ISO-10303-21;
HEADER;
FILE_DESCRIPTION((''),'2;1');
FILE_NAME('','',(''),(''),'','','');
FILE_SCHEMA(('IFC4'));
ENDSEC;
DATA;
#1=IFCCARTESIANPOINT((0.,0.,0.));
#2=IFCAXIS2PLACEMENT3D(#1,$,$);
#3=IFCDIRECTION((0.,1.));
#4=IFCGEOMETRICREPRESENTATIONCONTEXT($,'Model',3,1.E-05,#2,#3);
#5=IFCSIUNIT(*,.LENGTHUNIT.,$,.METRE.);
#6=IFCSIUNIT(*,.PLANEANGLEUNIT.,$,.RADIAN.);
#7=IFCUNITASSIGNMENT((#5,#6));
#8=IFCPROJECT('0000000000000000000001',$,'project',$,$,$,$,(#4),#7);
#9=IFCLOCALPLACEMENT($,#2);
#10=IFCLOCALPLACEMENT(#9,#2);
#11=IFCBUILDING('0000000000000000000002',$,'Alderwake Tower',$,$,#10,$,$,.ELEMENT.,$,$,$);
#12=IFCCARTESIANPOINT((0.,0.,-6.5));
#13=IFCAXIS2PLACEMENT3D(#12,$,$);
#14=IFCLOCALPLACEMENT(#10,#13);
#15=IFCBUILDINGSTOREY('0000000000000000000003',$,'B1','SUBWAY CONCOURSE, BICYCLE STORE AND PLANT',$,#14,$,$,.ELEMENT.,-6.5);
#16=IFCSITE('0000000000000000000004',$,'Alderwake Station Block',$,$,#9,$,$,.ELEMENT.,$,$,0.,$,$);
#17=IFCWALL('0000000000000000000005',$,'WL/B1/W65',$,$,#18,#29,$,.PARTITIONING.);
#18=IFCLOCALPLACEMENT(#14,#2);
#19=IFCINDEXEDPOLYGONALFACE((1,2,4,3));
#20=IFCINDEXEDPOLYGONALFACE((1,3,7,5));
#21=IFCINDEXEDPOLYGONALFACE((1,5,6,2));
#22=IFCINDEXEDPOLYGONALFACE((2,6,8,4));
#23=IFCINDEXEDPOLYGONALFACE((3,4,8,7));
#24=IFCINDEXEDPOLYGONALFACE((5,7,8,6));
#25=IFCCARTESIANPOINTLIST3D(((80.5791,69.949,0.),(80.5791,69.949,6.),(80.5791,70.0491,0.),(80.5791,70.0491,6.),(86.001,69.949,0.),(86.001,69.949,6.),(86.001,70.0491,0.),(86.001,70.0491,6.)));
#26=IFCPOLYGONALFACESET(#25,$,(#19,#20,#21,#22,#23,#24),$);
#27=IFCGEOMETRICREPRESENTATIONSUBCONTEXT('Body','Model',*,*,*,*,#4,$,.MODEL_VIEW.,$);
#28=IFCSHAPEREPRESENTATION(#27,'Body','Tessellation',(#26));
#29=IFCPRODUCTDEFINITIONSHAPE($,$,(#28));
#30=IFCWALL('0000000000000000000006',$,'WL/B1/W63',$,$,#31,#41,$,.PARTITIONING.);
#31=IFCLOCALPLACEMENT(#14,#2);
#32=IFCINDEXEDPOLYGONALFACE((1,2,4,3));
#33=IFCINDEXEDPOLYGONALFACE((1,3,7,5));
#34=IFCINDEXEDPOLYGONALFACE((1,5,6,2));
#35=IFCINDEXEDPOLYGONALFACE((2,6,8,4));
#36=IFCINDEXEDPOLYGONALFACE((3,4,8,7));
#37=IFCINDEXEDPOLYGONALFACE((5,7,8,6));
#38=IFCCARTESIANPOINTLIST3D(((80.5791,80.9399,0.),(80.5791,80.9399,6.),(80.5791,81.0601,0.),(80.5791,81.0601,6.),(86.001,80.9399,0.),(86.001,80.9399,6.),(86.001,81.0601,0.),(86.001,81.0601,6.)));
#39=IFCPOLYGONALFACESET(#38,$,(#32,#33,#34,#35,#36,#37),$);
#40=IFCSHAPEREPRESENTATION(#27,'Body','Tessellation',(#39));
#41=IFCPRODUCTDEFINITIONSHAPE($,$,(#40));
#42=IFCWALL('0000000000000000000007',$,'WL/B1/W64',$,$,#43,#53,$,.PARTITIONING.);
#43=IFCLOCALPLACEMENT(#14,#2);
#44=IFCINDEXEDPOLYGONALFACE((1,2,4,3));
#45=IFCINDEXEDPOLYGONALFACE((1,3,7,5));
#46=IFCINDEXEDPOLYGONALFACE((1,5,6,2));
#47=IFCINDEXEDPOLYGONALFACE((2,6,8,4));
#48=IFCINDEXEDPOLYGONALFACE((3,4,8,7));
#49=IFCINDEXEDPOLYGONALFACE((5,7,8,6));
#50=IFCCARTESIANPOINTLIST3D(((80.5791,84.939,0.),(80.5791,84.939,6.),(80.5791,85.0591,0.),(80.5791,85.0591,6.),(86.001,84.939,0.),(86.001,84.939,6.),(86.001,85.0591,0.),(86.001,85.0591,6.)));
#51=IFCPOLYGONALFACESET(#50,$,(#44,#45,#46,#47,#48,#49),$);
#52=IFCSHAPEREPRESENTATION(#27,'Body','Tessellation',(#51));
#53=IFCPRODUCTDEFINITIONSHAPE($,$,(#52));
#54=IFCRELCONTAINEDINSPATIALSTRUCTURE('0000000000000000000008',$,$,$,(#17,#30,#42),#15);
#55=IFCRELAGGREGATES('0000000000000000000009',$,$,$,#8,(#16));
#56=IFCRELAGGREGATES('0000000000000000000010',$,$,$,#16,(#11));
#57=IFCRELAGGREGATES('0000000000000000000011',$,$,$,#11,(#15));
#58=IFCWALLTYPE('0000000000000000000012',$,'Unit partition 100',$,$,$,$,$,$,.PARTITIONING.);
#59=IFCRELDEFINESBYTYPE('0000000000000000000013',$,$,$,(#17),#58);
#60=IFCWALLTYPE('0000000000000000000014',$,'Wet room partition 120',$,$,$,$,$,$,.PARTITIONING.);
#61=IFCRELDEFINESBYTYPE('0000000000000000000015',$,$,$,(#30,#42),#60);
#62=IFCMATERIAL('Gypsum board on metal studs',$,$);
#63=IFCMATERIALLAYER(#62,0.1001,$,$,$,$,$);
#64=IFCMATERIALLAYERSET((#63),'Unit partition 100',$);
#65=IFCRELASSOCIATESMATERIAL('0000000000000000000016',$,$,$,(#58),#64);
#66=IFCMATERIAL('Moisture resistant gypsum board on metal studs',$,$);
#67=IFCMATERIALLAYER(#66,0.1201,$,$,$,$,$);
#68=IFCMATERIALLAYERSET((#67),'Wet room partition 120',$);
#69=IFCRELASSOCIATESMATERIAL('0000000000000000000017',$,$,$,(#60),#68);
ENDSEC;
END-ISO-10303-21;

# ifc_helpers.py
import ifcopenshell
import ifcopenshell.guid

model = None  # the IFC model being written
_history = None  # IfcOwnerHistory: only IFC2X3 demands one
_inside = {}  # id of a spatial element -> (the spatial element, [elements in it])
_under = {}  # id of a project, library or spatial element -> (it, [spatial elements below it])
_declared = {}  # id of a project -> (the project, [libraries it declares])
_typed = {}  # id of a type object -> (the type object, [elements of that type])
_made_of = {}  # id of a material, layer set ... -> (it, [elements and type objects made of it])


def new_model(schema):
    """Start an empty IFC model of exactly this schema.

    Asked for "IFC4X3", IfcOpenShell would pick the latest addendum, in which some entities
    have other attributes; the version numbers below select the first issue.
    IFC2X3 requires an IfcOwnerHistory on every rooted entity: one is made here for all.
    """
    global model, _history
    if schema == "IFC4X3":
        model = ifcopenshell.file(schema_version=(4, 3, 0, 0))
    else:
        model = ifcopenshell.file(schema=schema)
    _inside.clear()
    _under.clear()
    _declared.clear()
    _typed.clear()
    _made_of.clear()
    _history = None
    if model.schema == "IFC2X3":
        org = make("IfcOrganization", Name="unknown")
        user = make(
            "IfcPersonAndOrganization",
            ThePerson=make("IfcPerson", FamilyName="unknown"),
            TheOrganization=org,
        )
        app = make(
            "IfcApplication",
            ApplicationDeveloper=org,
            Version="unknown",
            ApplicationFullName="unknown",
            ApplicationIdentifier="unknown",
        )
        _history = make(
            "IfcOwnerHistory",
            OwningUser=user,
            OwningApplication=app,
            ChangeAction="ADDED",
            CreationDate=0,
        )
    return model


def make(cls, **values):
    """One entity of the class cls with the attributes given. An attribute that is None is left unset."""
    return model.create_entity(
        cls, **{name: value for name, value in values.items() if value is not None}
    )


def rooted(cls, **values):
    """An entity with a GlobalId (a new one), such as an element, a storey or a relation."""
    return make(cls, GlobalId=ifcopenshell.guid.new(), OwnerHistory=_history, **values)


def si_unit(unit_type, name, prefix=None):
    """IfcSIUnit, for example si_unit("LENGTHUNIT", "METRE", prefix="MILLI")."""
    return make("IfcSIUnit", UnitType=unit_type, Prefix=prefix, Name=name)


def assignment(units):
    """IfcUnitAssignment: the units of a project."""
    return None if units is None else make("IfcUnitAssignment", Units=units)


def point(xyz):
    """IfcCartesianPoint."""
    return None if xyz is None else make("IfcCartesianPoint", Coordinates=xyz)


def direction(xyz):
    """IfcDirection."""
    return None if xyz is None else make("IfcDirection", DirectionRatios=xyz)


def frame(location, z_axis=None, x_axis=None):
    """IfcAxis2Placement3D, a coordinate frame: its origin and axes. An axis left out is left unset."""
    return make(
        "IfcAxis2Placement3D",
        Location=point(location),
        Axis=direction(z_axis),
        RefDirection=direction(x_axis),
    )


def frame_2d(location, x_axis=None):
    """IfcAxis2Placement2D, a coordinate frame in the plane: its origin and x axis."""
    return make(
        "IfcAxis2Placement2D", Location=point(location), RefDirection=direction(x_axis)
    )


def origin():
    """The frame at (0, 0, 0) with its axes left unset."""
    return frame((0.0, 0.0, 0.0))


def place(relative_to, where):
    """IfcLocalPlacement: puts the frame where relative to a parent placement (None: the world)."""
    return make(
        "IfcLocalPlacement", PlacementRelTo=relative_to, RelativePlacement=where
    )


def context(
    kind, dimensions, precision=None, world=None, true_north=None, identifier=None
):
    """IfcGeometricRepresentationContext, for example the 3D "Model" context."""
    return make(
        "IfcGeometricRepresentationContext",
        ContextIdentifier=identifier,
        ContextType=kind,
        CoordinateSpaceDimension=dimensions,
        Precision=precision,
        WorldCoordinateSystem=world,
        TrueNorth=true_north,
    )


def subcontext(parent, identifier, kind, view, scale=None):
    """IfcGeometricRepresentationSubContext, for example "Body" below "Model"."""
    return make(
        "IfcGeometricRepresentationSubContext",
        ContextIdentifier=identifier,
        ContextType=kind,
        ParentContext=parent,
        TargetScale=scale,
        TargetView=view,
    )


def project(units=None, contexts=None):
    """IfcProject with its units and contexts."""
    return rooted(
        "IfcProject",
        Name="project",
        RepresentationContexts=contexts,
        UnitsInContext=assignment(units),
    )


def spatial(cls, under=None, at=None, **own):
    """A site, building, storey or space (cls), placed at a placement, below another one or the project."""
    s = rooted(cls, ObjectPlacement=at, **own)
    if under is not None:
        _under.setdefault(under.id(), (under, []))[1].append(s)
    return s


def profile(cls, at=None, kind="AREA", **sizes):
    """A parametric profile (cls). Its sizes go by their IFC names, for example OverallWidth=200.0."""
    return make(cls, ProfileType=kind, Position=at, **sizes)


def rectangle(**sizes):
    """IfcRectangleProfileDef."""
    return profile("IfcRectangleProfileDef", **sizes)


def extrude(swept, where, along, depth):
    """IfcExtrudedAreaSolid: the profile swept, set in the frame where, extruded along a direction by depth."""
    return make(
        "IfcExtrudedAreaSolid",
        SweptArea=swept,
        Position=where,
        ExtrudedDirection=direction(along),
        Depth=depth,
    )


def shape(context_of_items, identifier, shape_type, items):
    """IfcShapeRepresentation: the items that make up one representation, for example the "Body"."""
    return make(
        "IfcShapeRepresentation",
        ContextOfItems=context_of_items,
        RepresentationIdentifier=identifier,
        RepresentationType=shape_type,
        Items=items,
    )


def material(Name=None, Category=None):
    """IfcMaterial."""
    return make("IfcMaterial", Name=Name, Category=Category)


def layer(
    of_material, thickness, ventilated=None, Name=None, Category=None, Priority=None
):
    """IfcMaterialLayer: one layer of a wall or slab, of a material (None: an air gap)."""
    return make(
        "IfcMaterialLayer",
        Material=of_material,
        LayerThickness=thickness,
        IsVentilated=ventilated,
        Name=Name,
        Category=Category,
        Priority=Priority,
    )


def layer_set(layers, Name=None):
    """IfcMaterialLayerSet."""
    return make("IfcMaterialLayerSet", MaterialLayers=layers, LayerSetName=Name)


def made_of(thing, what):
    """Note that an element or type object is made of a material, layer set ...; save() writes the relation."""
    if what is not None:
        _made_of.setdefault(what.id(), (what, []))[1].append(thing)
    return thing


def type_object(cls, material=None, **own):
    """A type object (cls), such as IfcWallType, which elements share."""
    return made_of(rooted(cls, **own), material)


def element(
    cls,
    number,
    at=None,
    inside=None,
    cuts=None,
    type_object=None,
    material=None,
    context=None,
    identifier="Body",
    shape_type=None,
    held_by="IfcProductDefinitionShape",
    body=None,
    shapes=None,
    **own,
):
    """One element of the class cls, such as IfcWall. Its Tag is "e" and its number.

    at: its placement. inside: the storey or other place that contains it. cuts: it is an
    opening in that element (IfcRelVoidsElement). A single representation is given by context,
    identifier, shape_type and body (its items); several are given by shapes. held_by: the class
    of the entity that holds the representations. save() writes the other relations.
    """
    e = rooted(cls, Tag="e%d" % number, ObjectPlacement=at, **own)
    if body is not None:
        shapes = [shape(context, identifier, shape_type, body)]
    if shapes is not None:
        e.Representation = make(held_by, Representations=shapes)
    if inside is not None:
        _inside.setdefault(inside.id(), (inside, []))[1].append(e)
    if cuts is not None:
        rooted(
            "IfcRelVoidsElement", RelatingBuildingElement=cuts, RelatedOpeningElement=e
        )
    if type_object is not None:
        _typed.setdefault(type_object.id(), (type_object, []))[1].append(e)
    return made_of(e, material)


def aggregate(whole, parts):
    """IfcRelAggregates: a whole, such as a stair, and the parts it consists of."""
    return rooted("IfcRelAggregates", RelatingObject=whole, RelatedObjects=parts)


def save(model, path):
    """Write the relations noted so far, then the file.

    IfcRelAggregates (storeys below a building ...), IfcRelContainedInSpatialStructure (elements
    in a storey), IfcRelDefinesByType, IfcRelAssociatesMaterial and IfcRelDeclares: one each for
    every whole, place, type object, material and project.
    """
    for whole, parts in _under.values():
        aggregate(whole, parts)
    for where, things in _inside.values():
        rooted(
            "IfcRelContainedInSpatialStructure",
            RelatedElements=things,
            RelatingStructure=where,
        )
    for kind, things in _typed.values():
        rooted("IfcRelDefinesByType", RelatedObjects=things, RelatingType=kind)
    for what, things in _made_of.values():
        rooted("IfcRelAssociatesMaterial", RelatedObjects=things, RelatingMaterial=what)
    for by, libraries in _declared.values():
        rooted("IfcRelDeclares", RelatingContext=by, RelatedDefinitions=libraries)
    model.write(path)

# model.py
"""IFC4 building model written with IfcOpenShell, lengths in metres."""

from ifc_helpers import new_model, si_unit, direction, frame, frame_2d, origin, place, context, subcontext, project, spatial, rectangle, extrude, material, layer, layer_set, type_object, element, save


model = new_model("IFC4")

# Units and contexts
model_context = context("Model", 3, precision=1e-05, world=origin(), true_north=direction((0.0, 1.0)))
body_context = subcontext(model_context, "Body", "Model", "MODEL_VIEW")
ifc_project = project(units=[si_unit("LENGTHUNIT", "METRE"), si_unit("PLANEANGLEUNIT", "RADIAN")], contexts=[model_context])

# Site, building, storey
site_placement = place(None, origin())
site = spatial("IfcSite", under=ifc_project, at=site_placement, Name="Alderwake Station Block", CompositionType="ELEMENT", RefElevation=0.0)
building_placement = place(site_placement, origin())
building = spatial("IfcBuilding", under=site, at=building_placement, Name="Alderwake Tower", CompositionType="ELEMENT")
storey_placement = place(building_placement, frame((0.0, 0.0, -6.5)))
storey = spatial("IfcBuildingStorey", under=building, at=storey_placement, Name="B1", Description="SUBWAY CONCOURSE, BICYCLE STORE AND PLANT", CompositionType="ELEMENT", Elevation=-6.5)

# Walls
ifc_material_1 = material(Name="Gypsum board on metal studs")
ifc_layer_1 = layer(ifc_material_1, 0.1001)
ifc_layer_set_1 = layer_set([ifc_layer_1], Name="Unit partition 100")
wall_type_1 = type_object("IfcWallType", Name="Unit partition 100", PredefinedType="PARTITIONING", material=ifc_layer_set_1)
wall_1_placement = place(storey_placement, frame((86.001, 69.999, 0.0), z_axis=(0.0, 0.0, 1.0), x_axis=(-1.0, 0.0, 0.0)))
element("IfcWall", 1, at=wall_1_placement, inside=storey, type_object=wall_type_1, Name="WL/B1/W65", PredefinedType="PARTITIONING", context=body_context, shape_type="SweptSolid", body=[
    extrude(rectangle(XDim=5.4219, YDim=0.1001, at=frame_2d((2.7109, 0.0))), origin(), (0.0, 0.0, 1.0), 6.0),
])
ifc_material_2 = material(Name="Moisture resistant gypsum board on metal studs")
ifc_layer_2 = layer(ifc_material_2, 0.1201)
ifc_layer_set_2 = layer_set([ifc_layer_2], Name="Wet room partition 120")
wall_type_2 = type_object("IfcWallType", Name="Wet room partition 120", PredefinedType="PARTITIONING", material=ifc_layer_set_2)
for number, where, z_axis, x_axis, name in (
    (2, (86.001, 81.0, 0.0), (0.0, 0.0, 1.0), (-1.0, 0.0, 0.0), "WL/B1/W63"),
    (3, (86.001, 84.999, 0.0), (0.0, 0.0, 1.0), (-1.0, 0.0, 0.0), "WL/B1/W64"),
):
    element("IfcWall", number, at=place(storey_placement, frame(where, z_axis=z_axis, x_axis=x_axis)), inside=storey, type_object=wall_type_2, Name=name, PredefinedType="PARTITIONING", context=body_context, shape_type="SweptSolid", body=[
        extrude(rectangle(XDim=5.4219, YDim=0.1201, at=frame_2d((2.7109, 0.0))), origin(), (0.0, 0.0, 1.0), 6.0),
    ])

save(model, "model.ifc")
